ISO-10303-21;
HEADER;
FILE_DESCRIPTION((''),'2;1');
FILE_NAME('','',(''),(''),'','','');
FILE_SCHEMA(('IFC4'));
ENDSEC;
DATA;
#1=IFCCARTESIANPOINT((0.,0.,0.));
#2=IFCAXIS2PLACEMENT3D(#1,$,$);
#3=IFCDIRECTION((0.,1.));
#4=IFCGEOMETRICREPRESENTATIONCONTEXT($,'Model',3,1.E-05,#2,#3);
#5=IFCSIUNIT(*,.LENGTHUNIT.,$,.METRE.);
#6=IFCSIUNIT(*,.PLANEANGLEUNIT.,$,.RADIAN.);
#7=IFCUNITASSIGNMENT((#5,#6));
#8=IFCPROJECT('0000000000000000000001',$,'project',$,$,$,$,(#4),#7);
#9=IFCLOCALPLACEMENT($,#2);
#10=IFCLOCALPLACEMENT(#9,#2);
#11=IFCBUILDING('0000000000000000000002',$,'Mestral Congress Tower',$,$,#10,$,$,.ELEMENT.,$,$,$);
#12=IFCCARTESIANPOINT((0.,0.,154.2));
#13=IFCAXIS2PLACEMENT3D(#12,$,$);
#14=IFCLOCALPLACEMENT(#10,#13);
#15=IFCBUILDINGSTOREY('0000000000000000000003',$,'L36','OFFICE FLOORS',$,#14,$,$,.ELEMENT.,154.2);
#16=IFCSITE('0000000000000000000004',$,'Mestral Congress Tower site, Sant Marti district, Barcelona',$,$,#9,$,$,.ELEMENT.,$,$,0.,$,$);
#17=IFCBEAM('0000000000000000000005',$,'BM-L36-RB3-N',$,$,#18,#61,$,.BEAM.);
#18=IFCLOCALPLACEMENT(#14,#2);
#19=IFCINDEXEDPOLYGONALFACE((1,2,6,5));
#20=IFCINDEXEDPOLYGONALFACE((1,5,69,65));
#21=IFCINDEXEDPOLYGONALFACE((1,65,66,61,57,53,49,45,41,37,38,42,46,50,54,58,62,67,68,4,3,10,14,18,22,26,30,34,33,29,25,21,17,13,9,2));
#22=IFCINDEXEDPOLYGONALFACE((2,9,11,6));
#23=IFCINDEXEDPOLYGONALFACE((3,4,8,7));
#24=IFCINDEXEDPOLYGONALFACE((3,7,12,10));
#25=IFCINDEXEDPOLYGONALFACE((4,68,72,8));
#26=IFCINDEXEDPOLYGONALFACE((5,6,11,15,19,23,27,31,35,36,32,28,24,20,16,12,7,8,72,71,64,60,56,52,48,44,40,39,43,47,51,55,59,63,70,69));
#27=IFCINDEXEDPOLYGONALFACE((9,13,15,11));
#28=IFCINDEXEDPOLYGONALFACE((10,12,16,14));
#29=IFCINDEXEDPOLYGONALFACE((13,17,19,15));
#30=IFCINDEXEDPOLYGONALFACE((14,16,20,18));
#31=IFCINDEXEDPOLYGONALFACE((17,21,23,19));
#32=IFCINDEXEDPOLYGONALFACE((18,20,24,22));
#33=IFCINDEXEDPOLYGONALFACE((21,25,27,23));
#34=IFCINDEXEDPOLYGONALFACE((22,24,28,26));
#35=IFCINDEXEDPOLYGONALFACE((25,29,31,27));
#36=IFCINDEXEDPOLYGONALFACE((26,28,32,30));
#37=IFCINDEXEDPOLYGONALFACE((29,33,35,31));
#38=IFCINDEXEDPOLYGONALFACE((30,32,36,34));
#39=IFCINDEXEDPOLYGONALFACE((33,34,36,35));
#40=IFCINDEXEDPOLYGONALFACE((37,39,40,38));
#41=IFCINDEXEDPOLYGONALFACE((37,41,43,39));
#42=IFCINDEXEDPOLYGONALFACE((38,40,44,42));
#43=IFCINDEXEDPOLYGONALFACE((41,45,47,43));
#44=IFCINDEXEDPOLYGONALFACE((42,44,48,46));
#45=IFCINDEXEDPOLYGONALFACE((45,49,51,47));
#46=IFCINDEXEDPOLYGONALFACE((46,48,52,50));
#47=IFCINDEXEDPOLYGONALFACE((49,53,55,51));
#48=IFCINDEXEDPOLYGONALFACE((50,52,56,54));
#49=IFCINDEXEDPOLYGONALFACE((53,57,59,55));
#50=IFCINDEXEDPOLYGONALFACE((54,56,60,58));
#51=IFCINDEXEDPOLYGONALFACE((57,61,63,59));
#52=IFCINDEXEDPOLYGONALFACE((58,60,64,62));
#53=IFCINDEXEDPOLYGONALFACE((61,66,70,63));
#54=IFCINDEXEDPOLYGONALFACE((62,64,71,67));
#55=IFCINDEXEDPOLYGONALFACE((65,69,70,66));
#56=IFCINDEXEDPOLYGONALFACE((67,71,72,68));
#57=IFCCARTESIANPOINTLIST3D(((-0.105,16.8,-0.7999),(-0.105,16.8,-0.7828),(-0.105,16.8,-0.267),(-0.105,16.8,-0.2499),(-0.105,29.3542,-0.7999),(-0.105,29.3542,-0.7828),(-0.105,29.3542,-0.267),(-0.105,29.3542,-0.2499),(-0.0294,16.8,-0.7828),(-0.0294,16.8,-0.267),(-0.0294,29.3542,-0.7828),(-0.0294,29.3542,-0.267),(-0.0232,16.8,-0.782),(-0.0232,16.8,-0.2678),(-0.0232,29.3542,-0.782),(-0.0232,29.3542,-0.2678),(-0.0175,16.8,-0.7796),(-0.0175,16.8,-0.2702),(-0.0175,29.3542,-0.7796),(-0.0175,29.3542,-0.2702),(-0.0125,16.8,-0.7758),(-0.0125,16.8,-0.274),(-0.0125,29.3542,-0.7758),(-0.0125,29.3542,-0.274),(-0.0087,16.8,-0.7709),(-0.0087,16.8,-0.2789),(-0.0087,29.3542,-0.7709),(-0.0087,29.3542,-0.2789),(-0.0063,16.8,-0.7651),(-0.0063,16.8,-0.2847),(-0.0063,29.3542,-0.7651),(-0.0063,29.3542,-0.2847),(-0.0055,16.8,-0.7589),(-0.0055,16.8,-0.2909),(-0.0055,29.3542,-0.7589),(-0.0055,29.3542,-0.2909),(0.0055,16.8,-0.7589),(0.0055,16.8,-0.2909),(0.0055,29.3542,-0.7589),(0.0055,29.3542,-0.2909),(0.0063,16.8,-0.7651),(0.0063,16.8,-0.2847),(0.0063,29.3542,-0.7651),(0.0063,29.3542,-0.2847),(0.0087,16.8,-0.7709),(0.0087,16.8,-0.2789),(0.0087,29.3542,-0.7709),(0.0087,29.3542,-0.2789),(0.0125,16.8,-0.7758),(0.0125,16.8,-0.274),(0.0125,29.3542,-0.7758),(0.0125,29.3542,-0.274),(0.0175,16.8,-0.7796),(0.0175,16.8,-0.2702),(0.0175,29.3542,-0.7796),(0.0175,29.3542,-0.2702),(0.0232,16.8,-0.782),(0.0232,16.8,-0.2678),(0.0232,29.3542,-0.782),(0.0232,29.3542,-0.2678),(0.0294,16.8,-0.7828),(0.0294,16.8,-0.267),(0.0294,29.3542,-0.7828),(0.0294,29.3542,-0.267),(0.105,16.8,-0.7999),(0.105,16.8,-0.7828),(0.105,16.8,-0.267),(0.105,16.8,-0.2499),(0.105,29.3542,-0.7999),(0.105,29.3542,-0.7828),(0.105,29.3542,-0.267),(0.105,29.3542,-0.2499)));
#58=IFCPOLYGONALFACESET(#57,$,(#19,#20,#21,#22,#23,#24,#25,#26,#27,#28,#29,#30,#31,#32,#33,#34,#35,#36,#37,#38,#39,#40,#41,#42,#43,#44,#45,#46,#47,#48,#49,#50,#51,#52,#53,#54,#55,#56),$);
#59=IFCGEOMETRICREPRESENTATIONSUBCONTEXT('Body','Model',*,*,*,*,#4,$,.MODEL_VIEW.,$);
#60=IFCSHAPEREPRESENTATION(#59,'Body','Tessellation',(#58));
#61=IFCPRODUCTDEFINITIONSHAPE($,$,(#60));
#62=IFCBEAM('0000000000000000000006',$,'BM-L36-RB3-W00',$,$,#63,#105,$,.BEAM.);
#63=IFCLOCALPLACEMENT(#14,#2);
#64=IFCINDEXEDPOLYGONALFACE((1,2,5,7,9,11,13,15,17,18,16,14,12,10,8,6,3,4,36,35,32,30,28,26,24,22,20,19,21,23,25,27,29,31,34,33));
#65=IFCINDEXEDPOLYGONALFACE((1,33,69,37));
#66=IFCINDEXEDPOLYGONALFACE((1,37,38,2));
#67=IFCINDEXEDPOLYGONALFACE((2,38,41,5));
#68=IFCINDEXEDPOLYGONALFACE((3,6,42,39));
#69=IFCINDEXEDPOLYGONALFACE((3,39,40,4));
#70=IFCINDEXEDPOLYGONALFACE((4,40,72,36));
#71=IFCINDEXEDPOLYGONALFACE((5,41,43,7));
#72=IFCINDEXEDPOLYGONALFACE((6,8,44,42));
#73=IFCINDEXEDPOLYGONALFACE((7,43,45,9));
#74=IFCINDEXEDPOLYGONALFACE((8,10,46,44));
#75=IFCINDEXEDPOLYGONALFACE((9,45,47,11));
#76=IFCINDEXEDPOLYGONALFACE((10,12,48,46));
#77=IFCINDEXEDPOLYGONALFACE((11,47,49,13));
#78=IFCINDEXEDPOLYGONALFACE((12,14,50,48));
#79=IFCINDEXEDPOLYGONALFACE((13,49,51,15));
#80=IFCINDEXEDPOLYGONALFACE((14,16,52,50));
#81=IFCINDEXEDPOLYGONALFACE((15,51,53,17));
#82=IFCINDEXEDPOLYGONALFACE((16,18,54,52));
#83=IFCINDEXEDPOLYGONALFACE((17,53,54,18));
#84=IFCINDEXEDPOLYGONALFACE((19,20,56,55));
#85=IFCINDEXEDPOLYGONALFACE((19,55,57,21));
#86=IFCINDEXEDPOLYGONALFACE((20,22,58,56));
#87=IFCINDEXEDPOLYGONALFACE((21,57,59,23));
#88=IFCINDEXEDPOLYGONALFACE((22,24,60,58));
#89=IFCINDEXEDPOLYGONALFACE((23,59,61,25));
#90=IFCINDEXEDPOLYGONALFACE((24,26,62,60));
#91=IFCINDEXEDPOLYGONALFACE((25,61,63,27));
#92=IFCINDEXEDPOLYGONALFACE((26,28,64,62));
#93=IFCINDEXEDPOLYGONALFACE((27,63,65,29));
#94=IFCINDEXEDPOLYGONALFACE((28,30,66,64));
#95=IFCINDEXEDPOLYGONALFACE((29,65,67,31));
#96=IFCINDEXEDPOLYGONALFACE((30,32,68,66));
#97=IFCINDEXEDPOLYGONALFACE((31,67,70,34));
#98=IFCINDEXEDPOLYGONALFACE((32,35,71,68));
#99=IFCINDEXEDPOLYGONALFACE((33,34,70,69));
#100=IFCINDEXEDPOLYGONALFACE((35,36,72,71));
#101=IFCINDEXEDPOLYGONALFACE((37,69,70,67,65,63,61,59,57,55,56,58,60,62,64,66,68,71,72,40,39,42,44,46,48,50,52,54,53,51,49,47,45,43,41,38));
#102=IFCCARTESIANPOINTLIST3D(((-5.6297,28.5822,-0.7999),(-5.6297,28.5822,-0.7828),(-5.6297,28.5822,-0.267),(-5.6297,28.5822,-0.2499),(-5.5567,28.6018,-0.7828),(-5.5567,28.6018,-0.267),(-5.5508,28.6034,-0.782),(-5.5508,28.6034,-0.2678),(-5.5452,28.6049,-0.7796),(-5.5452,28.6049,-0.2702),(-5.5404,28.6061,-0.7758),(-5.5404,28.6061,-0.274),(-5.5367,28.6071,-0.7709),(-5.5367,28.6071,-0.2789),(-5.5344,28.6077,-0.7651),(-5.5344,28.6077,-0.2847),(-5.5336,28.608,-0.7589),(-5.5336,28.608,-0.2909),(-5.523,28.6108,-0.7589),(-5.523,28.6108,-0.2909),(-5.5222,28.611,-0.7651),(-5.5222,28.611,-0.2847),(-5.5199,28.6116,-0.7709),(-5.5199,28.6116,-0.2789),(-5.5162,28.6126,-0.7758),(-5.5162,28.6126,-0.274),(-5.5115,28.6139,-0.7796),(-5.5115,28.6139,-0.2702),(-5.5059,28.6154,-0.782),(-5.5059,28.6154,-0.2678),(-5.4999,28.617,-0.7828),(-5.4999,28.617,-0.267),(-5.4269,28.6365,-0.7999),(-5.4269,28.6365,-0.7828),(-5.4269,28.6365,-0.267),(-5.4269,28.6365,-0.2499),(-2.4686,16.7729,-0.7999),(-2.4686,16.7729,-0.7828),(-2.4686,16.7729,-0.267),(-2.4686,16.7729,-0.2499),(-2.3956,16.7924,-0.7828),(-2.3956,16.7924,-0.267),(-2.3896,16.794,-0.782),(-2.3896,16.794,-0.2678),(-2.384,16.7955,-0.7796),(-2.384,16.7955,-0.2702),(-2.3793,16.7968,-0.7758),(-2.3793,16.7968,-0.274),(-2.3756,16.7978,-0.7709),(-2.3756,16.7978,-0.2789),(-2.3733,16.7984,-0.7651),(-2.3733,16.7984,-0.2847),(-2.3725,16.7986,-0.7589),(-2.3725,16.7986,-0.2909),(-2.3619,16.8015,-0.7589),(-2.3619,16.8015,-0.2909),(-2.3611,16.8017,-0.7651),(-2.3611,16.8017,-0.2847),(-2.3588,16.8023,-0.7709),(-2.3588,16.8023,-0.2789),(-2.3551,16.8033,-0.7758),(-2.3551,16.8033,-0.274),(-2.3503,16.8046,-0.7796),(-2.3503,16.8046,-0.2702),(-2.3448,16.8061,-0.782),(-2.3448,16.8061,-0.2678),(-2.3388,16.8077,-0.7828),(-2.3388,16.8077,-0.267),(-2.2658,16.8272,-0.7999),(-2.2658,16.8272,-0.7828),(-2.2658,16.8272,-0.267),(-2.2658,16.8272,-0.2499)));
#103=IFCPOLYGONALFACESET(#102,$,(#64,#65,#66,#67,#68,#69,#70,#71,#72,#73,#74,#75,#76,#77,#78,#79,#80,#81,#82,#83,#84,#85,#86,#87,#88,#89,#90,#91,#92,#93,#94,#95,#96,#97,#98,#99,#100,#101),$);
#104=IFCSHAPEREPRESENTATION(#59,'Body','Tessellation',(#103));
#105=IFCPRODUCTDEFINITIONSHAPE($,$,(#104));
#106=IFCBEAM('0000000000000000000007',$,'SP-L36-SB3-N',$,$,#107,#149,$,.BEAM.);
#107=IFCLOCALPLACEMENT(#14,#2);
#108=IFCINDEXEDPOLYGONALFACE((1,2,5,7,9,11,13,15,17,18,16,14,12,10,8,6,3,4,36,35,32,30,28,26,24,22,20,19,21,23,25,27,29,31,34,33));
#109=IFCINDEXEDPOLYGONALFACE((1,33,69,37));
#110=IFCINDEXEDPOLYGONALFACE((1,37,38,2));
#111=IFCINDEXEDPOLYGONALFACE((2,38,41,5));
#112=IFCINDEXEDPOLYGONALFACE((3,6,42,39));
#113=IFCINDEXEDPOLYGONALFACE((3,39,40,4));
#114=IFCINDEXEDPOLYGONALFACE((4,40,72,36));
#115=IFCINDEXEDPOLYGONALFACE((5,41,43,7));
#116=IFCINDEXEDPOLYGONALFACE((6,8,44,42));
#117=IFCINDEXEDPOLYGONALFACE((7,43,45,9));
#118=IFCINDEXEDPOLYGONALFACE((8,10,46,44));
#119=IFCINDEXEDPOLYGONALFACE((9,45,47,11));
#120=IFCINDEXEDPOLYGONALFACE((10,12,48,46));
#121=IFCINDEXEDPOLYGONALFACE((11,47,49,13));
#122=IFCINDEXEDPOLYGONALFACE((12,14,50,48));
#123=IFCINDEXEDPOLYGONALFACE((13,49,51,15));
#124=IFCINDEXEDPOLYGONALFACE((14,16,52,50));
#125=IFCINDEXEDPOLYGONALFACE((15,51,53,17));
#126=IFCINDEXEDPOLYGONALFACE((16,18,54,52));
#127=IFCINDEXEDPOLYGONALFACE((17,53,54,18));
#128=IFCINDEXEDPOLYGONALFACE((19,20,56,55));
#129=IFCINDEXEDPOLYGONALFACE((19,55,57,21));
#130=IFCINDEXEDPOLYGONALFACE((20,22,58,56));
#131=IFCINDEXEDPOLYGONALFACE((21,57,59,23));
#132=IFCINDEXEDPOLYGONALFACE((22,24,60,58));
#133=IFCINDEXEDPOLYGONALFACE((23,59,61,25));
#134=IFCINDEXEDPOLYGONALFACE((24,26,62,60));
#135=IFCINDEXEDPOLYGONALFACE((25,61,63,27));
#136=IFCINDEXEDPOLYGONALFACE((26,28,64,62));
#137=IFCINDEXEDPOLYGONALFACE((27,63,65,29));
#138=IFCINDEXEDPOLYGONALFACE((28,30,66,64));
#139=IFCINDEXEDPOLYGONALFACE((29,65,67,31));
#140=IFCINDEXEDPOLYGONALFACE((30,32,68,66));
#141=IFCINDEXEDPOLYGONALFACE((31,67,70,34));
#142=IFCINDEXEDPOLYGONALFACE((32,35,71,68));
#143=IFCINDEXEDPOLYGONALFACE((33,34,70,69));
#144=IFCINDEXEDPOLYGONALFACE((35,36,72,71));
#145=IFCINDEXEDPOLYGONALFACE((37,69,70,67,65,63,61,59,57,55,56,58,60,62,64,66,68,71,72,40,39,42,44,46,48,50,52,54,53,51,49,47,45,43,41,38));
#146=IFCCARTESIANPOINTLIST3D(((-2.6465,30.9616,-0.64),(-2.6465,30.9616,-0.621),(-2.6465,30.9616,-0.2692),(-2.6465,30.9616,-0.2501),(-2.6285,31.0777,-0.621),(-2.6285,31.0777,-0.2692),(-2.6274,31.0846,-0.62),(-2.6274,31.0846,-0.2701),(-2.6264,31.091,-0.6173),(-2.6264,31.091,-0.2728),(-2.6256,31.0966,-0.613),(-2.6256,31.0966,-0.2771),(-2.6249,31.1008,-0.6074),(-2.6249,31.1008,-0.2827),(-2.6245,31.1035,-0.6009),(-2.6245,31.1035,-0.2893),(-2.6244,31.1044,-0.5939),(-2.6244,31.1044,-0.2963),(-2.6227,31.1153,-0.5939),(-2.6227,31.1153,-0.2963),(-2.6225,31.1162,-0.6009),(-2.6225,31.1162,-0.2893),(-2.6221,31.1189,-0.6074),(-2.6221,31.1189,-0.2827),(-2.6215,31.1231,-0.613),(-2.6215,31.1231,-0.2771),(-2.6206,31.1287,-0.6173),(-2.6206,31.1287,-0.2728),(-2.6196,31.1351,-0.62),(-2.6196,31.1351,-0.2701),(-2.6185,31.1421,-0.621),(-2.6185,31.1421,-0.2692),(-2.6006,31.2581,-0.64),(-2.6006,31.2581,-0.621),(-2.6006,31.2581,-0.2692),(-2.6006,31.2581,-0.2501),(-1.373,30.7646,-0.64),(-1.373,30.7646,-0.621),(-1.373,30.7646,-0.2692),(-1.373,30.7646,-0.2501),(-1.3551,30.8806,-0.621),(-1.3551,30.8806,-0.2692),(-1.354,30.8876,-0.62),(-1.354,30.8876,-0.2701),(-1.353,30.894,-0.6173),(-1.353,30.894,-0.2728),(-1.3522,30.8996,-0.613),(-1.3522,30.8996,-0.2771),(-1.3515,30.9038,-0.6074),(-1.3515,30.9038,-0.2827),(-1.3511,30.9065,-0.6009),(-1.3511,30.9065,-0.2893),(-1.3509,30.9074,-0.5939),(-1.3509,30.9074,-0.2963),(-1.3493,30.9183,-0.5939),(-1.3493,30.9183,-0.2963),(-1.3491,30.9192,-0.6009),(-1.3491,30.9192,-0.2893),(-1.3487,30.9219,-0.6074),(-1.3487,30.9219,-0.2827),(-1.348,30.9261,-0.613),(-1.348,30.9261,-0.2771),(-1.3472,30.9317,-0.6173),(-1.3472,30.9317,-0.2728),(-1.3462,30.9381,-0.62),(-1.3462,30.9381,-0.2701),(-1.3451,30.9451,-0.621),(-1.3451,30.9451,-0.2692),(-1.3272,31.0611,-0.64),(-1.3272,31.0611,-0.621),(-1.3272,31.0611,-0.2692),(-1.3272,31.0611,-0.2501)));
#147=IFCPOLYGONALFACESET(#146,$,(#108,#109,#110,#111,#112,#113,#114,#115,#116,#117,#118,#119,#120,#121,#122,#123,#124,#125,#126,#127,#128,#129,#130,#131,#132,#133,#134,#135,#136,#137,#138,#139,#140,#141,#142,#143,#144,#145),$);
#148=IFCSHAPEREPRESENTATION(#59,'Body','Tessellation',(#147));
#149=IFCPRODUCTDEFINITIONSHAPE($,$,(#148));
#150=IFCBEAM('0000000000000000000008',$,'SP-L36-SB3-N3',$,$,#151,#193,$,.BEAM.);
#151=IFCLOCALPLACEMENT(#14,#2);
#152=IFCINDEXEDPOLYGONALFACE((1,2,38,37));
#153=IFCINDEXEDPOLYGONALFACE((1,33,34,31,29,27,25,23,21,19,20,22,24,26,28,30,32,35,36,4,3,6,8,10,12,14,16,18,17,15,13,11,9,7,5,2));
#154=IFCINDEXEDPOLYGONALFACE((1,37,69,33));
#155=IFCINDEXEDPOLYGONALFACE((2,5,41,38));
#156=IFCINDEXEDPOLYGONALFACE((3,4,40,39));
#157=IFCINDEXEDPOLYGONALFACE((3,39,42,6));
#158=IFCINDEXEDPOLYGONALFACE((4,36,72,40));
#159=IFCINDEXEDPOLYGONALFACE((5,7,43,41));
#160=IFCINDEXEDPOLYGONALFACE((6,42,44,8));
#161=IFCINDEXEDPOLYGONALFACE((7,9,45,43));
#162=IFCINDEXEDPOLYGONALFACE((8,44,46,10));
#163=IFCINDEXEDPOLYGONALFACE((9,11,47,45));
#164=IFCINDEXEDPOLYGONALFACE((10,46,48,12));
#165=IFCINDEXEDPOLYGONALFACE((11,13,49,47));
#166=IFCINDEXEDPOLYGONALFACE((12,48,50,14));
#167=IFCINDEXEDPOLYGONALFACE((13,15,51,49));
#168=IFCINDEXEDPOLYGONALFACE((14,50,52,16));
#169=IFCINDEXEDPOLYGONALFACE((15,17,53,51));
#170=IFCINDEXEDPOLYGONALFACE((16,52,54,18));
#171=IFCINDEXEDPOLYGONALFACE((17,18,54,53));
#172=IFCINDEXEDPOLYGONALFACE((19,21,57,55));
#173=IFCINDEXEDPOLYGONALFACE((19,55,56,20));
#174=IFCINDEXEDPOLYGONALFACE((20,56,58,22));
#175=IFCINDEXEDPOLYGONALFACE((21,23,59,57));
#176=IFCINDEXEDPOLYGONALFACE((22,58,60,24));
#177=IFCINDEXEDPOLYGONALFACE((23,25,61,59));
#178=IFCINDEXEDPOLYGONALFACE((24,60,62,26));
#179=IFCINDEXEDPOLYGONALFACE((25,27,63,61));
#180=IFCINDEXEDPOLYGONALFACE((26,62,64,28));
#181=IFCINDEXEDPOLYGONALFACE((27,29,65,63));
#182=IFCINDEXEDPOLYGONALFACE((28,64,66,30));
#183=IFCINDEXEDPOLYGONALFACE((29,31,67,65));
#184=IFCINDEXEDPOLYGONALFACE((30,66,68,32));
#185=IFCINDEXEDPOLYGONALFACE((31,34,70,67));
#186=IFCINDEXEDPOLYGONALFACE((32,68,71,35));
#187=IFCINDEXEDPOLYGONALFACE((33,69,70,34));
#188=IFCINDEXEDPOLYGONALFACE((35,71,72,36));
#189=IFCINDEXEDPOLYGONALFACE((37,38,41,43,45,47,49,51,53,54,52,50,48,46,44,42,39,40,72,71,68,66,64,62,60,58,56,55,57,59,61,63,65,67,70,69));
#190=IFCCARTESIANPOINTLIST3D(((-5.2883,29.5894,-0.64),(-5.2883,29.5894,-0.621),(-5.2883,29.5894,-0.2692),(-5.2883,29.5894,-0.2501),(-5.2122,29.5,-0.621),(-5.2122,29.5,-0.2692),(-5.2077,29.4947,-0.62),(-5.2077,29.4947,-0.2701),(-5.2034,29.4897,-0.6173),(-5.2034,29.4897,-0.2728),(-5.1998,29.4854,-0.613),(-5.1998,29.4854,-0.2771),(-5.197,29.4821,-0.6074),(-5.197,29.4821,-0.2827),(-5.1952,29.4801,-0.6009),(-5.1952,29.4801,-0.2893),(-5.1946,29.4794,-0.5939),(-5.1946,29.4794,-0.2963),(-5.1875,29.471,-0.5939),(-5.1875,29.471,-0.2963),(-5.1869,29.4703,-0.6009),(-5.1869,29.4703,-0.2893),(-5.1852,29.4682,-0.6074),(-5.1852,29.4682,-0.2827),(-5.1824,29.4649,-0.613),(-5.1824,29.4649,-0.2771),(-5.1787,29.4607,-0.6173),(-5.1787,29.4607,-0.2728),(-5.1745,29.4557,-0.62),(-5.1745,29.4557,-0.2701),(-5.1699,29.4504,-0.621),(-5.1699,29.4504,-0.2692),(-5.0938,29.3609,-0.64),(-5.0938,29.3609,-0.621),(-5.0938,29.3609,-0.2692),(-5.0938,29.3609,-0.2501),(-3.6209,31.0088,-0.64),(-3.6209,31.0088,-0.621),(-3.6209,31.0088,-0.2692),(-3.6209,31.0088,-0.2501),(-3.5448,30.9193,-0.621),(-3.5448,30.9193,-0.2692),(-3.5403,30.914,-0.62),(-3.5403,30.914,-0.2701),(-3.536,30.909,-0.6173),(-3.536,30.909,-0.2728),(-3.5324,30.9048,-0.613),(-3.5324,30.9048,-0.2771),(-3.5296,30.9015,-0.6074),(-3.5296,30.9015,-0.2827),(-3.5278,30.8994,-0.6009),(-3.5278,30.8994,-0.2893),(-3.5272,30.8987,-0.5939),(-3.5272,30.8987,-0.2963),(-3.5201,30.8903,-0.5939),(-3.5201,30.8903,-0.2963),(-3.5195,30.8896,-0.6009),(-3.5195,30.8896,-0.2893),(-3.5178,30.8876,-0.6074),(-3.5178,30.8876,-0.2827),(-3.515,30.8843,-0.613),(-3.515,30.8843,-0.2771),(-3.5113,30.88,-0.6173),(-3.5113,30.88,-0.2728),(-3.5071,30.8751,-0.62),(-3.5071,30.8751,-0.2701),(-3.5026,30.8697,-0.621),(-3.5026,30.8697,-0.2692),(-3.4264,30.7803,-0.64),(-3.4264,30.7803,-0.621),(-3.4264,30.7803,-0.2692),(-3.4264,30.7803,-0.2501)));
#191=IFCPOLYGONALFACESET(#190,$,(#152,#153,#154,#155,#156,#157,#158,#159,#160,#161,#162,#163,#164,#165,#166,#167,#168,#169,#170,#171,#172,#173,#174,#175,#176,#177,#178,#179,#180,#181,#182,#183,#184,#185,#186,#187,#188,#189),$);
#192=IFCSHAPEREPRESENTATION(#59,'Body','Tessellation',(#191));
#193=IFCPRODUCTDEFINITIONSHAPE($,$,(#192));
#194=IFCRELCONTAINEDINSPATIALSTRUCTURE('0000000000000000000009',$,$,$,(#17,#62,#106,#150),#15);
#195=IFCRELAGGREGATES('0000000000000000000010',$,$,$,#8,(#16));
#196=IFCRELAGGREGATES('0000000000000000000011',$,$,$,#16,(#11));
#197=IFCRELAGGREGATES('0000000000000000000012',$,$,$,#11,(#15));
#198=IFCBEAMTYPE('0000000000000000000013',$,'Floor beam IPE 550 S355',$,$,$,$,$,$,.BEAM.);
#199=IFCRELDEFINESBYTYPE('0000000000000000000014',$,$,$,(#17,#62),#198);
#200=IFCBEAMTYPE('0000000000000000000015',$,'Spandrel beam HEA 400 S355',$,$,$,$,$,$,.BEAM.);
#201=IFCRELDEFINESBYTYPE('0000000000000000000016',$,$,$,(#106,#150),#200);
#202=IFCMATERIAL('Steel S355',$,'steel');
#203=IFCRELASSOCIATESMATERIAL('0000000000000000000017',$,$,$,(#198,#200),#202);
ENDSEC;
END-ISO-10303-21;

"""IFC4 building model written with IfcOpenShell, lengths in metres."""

from ifc_helpers import new_model, si_unit, direction, frame, origin, origin_2d, place, context, subcontext, project, spatial, i_section, extrude, material, material_profile, profile_set, type_object, element, save


model = new_model("IFC4")

# Units and contexts
model_context = context("Model", 3, precision=1e-05, world=origin(), true_north=direction((0.0, 1.0)))
body_context = subcontext(model_context, "Body", "Model", "MODEL_VIEW")
ifc_project = project(units=[si_unit("LENGTHUNIT", "METRE"), si_unit("PLANEANGLEUNIT", "RADIAN")], contexts=[model_context])

# Site, building, storey
site_placement = place(None, origin())
site = spatial("IfcSite", under=ifc_project, at=site_placement, Name="Mestral Congress Tower site, Sant Marti district, Barcelona", CompositionType="ELEMENT", RefElevation=0.0)
building_placement = place(site_placement, origin())
building = spatial("IfcBuilding", under=site, at=building_placement, Name="Mestral Congress Tower", CompositionType="ELEMENT")
storey_placement = place(building_placement, frame((0.0, 0.0, 154.2)))
storey = spatial("IfcBuildingStorey", under=building, at=storey_placement, Name="L36", Description="OFFICE FLOORS", CompositionType="ELEMENT", Elevation=154.2)

# Beams
ifc_material_1 = material(Name="Steel S355", Category="steel")
ifc_material_profile_1 = material_profile(ifc_material_1, i_section(OverallWidth=0.21, OverallDepth=0.55, WebThickness=0.011, FlangeThickness=0.0171, FilletRadius=0.0239, at=origin_2d()), Name="IPE 550")
ifc_profile_set_1 = profile_set([ifc_material_profile_1], Name="Steel S355")
beam_type_1 = type_object("IfcBeamType", Name="Floor beam IPE 550 S355", PredefinedType="BEAM", material=ifc_profile_set_1)
beam_1_placement = place(storey_placement, frame((0.0, 29.3542, -0.5249), z_axis=(0.0, -1.0, 0.0), x_axis=(1.0, 0.0, 0.0)))
element("IfcBeam", 1, at=beam_1_placement, inside=storey, type_object=beam_type_1, Name="BM-L36-RB3-N", PredefinedType="BEAM", context=body_context, shape_type="SweptSolid", body=[
    extrude(i_section(OverallWidth=0.21, OverallDepth=0.55, WebThickness=0.011, FlangeThickness=0.0171, FilletRadius=0.0239, at=origin_2d()), origin(), (0.0, 0.0, 1.0), 12.5542),
])
beam_2_placement = place(storey_placement, frame((-5.5283, 28.6094, -0.5249), z_axis=(0.258577, -0.965991, 0.0), x_axis=(0.965991, 0.258577, 0.0)))
element("IfcBeam", 2, at=beam_2_placement, inside=storey, type_object=beam_type_1, Name="BM-L36-RB3-W00", PredefinedType="BEAM", context=body_context, shape_type="SweptSolid", body=[
    extrude(i_section(OverallWidth=0.21, OverallDepth=0.55, WebThickness=0.011, FlangeThickness=0.0171, FilletRadius=0.0239, at=origin_2d()), origin(), (0.0, 0.0, 1.0), 12.2251),
])
ifc_material_profile_2 = material_profile(ifc_material_1, i_section(OverallWidth=0.3, OverallDepth=0.3899, WebThickness=0.011, FlangeThickness=0.019, FilletRadius=0.0271, at=origin_2d()), Name="HEA 400")
ifc_profile_set_2 = profile_set([ifc_material_profile_2], Name="Steel S355")
beam_type_2 = type_object("IfcBeamType", Name="Spandrel beam HEA 400 S355", PredefinedType="BEAM", material=ifc_profile_set_2)
beam_3_placement = place(storey_placement, frame((-1.3501, 30.9128, -0.4451), z_axis=(-0.988242, 0.152897, 0.0), x_axis=(-0.152897, -0.988242, 0.0)))
element("IfcBeam", 3, at=beam_3_placement, inside=storey, type_object=beam_type_2, Name="SP-L36-SB3-N", PredefinedType="BEAM", context=body_context, shape_type="SweptSolid", body=[
    extrude(i_section(OverallWidth=0.3, OverallDepth=0.3899, WebThickness=0.011, FlangeThickness=0.019, FilletRadius=0.0271, at=origin_2d()), origin(), (0.0, 0.0, 1.0), 1.2886),
])
beam_4_placement = place(storey_placement, frame((-3.5237, 30.8945, -0.4451), z_axis=(-0.761471, -0.648198, 0.0), x_axis=(0.648198, -0.761471, 0.0)))
element("IfcBeam", 4, at=beam_4_placement, inside=storey, type_object=beam_type_2, Name="SP-L36-SB3-N3", PredefinedType="BEAM", context=body_context, shape_type="SweptSolid", body=[
    extrude(i_section(OverallWidth=0.3, OverallDepth=0.3899, WebThickness=0.011, FlangeThickness=0.019, FilletRadius=0.0271, at=origin_2d()), origin(), (0.0, 0.0, 1.0), 2.1897),
])

save(model, "model.ifc")
